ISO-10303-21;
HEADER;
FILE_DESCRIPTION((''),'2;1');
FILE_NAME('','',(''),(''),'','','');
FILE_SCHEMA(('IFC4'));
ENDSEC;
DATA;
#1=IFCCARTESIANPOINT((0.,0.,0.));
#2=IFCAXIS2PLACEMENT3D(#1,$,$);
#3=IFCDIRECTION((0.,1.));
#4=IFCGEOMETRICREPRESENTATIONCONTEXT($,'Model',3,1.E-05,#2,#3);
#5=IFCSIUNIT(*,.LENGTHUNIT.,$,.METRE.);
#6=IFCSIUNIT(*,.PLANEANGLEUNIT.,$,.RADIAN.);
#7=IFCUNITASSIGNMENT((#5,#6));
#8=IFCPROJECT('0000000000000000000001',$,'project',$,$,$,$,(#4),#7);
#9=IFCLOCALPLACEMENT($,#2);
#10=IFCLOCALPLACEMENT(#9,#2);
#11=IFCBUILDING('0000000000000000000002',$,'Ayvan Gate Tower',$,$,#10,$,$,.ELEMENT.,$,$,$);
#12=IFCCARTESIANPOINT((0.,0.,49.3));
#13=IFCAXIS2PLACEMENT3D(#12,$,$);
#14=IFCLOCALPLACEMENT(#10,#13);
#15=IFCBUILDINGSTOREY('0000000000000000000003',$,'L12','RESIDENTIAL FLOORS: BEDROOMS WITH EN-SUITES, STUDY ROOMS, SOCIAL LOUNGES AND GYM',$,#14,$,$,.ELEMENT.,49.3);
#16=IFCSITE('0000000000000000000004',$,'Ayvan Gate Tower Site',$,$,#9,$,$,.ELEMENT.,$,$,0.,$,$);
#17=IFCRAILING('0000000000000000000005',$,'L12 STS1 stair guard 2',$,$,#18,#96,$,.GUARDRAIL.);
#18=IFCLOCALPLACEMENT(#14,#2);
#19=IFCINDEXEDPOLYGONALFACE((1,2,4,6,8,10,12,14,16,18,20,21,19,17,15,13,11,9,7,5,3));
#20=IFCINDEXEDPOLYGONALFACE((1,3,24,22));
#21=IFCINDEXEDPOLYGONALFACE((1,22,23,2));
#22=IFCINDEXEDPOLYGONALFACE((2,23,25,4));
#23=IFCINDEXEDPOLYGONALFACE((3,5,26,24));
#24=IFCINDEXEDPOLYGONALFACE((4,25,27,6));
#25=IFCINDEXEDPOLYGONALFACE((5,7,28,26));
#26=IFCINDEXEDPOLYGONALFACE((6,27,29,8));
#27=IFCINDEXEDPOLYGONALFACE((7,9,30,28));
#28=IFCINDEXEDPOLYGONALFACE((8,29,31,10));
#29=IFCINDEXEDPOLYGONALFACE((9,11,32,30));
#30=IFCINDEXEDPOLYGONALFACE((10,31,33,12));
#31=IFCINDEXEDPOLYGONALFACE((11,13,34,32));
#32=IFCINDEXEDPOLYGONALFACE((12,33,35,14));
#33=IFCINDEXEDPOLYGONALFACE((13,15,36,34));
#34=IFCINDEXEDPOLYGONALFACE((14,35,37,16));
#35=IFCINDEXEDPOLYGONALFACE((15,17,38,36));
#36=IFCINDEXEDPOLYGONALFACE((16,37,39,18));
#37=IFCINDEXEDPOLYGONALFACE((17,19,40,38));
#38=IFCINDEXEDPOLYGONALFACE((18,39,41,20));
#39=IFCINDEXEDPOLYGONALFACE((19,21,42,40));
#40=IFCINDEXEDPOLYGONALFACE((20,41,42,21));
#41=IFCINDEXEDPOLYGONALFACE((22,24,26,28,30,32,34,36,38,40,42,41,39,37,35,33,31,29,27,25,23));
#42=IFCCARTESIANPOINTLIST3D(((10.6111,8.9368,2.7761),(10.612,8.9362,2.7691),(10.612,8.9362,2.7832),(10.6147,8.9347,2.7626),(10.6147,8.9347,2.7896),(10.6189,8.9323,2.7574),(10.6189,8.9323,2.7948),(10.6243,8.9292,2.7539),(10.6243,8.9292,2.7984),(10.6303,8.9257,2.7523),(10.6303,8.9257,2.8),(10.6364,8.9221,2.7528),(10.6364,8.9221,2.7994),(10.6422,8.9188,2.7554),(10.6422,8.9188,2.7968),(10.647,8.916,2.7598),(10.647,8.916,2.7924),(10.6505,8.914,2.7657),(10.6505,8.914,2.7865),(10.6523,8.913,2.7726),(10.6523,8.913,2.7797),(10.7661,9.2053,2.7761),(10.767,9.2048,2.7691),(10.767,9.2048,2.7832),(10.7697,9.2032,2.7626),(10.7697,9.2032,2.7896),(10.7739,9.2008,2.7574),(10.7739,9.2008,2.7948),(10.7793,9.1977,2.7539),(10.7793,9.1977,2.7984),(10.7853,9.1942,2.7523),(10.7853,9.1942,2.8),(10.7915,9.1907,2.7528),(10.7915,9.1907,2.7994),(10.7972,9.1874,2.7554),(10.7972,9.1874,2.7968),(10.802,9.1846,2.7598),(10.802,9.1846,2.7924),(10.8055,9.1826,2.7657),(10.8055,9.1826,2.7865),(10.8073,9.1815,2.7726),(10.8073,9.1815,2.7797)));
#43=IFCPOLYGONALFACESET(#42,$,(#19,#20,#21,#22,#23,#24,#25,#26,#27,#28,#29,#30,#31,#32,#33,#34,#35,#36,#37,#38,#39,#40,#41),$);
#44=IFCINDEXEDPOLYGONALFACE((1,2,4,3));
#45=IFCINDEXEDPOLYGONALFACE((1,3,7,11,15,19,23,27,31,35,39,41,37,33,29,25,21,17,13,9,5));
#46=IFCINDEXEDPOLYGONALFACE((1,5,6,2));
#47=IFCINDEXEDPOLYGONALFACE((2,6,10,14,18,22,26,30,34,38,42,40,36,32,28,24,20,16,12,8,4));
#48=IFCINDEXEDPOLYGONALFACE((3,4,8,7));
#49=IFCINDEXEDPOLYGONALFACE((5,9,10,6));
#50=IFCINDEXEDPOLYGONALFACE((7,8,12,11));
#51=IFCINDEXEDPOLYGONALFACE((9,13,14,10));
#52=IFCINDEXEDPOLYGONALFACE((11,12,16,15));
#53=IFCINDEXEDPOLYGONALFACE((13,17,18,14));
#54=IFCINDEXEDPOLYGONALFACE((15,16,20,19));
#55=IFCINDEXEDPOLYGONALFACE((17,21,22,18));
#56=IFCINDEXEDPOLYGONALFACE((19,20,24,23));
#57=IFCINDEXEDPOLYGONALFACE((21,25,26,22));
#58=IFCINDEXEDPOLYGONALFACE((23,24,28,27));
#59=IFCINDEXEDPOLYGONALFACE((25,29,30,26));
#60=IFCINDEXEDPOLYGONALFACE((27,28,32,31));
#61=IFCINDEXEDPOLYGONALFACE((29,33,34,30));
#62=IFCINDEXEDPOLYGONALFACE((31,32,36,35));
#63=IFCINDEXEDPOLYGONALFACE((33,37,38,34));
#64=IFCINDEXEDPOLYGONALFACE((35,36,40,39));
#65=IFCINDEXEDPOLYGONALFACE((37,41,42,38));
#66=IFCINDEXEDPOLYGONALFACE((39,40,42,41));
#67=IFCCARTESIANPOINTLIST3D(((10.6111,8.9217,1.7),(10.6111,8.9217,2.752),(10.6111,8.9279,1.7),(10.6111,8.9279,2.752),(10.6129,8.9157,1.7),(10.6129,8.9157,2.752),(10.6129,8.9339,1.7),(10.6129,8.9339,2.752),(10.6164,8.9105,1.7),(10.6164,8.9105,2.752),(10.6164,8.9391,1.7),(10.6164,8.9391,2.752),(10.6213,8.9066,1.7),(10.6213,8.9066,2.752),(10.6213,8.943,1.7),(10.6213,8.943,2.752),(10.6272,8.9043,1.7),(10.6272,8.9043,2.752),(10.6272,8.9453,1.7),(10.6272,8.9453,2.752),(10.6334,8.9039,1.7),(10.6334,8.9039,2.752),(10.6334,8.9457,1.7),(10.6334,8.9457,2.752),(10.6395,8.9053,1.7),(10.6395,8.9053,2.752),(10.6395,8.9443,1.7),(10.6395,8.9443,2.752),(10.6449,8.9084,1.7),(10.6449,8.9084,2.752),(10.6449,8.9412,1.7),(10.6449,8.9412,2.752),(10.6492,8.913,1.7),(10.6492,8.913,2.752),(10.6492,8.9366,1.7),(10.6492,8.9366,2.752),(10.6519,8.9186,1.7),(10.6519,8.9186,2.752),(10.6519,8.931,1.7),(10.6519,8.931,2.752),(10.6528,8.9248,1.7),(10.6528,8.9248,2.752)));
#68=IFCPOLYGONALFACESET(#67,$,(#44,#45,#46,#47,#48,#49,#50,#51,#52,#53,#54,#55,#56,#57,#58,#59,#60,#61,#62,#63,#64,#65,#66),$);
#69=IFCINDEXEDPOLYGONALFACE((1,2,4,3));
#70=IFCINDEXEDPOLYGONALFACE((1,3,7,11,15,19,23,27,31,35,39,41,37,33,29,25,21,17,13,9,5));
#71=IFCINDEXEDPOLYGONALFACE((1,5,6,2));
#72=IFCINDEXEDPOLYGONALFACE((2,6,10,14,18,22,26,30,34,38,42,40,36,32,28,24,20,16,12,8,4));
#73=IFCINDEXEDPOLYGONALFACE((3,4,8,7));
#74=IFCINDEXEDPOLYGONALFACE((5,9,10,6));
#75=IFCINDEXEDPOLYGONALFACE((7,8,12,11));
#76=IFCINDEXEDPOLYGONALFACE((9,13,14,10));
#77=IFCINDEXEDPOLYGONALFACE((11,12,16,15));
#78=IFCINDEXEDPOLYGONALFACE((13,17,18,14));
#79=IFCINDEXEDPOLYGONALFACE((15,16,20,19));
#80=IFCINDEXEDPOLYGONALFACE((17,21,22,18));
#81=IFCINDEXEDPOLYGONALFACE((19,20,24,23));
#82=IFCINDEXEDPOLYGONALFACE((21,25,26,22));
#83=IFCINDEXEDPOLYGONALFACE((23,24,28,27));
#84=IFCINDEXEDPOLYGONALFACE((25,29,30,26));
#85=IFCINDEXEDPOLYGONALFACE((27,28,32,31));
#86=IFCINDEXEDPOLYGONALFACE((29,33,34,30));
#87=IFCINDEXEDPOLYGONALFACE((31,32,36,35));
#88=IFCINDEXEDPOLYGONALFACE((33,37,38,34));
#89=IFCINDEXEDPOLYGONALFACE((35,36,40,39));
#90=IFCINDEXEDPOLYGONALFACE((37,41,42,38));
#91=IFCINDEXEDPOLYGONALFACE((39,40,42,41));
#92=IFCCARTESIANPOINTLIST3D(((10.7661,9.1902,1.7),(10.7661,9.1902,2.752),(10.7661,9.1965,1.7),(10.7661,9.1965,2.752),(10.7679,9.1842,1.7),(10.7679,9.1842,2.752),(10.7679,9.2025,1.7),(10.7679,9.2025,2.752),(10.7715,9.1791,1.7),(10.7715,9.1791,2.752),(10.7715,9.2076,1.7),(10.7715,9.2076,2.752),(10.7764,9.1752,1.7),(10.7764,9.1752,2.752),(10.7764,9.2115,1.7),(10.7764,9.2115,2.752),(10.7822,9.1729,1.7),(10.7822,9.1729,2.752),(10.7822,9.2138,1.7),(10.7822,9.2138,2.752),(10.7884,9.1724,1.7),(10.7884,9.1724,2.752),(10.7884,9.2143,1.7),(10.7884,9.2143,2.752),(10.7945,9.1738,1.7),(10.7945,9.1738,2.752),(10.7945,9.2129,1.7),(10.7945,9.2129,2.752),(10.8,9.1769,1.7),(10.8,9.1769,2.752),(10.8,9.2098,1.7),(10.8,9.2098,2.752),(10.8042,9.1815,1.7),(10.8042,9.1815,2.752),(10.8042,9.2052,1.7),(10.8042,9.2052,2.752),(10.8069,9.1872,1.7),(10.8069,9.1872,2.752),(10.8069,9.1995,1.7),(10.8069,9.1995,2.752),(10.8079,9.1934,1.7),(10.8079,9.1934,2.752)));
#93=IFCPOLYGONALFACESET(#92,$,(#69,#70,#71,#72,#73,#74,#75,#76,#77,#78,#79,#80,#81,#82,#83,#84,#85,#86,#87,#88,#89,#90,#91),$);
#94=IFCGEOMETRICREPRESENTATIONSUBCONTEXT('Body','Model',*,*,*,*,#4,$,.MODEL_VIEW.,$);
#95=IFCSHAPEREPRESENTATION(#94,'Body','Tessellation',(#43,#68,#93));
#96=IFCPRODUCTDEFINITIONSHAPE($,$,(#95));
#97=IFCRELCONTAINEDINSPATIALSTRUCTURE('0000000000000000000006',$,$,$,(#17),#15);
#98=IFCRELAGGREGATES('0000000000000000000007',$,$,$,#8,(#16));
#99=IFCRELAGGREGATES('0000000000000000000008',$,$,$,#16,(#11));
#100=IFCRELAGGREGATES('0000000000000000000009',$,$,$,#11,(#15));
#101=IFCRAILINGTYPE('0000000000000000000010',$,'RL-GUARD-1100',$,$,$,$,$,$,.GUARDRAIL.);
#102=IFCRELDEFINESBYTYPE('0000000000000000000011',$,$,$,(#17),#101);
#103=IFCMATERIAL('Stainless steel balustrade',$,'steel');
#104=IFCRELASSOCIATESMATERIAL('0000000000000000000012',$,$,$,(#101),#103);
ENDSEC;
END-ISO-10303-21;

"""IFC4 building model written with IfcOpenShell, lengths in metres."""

from ifc_helpers import new_model, si_unit, direction, frame, origin, origin_2d, place, context, subcontext, project, spatial, circle, extrude, material, type_object, element, save


model = new_model("IFC4")

# Units and contexts
model_context = context("Model", 3, precision=1e-05, world=origin(), true_north=direction((0.0, 1.0)))
body_context = subcontext(model_context, "Body", "Model", "MODEL_VIEW")
ifc_project = project(units=[si_unit("LENGTHUNIT", "METRE"), si_unit("PLANEANGLEUNIT", "RADIAN")], contexts=[model_context])

# Site, building, storey
site_placement = place(None, origin())
site = spatial("IfcSite", under=ifc_project, at=site_placement, Name="Ayvan Gate Tower Site", CompositionType="ELEMENT", RefElevation=0.0)
building_placement = place(site_placement, origin())
building = spatial("IfcBuilding", under=site, at=building_placement, Name="Ayvan Gate Tower", CompositionType="ELEMENT")
storey_placement = place(building_placement, frame((0.0, 0.0, 49.3)))
storey = spatial("IfcBuildingStorey", under=building, at=storey_placement, Name="L12", Description="RESIDENTIAL FLOORS: BEDROOMS WITH EN-SUITES, STUDY ROOMS, SOCIAL LOUNGES AND GYM", CompositionType="ELEMENT", Elevation=49.3)

# Railing
ifc_material_1 = material(Name="Stainless steel balustrade", Category="steel")
railing_type_1 = type_object("IfcRailingType", Name="RL-GUARD-1100", PredefinedType="GUARDRAIL", material=ifc_material_1)
railing_1_placement = place(storey_placement, frame((10.6318, 8.9248, 1.7)))
element("IfcRailing", 1, at=railing_1_placement, inside=storey, type_object=railing_type_1, Name="L12 STS1 stair guard 2", PredefinedType="GUARDRAIL", context=body_context, shape_type="SweptSolid", body=[
    extrude(circle(Radius=0.0239, at=origin_2d()), frame((0.0, 0.0, 1.0762), z_axis=(0.49995, 0.866054, 0.0), x_axis=(-0.866054, 0.49995, 0.0)), (0.0, 0.0, 1.0), 0.3101),
    extrude(circle(Radius=0.021, at=origin_2d()), origin(), (0.0, 0.0, 1.0), 1.052),
    extrude(circle(Radius=0.021, at=origin_2d()), frame((0.155, 0.2686, 0.0)), (0.0, 0.0, 1.0), 1.052),
])

save(model, "model.ifc")
